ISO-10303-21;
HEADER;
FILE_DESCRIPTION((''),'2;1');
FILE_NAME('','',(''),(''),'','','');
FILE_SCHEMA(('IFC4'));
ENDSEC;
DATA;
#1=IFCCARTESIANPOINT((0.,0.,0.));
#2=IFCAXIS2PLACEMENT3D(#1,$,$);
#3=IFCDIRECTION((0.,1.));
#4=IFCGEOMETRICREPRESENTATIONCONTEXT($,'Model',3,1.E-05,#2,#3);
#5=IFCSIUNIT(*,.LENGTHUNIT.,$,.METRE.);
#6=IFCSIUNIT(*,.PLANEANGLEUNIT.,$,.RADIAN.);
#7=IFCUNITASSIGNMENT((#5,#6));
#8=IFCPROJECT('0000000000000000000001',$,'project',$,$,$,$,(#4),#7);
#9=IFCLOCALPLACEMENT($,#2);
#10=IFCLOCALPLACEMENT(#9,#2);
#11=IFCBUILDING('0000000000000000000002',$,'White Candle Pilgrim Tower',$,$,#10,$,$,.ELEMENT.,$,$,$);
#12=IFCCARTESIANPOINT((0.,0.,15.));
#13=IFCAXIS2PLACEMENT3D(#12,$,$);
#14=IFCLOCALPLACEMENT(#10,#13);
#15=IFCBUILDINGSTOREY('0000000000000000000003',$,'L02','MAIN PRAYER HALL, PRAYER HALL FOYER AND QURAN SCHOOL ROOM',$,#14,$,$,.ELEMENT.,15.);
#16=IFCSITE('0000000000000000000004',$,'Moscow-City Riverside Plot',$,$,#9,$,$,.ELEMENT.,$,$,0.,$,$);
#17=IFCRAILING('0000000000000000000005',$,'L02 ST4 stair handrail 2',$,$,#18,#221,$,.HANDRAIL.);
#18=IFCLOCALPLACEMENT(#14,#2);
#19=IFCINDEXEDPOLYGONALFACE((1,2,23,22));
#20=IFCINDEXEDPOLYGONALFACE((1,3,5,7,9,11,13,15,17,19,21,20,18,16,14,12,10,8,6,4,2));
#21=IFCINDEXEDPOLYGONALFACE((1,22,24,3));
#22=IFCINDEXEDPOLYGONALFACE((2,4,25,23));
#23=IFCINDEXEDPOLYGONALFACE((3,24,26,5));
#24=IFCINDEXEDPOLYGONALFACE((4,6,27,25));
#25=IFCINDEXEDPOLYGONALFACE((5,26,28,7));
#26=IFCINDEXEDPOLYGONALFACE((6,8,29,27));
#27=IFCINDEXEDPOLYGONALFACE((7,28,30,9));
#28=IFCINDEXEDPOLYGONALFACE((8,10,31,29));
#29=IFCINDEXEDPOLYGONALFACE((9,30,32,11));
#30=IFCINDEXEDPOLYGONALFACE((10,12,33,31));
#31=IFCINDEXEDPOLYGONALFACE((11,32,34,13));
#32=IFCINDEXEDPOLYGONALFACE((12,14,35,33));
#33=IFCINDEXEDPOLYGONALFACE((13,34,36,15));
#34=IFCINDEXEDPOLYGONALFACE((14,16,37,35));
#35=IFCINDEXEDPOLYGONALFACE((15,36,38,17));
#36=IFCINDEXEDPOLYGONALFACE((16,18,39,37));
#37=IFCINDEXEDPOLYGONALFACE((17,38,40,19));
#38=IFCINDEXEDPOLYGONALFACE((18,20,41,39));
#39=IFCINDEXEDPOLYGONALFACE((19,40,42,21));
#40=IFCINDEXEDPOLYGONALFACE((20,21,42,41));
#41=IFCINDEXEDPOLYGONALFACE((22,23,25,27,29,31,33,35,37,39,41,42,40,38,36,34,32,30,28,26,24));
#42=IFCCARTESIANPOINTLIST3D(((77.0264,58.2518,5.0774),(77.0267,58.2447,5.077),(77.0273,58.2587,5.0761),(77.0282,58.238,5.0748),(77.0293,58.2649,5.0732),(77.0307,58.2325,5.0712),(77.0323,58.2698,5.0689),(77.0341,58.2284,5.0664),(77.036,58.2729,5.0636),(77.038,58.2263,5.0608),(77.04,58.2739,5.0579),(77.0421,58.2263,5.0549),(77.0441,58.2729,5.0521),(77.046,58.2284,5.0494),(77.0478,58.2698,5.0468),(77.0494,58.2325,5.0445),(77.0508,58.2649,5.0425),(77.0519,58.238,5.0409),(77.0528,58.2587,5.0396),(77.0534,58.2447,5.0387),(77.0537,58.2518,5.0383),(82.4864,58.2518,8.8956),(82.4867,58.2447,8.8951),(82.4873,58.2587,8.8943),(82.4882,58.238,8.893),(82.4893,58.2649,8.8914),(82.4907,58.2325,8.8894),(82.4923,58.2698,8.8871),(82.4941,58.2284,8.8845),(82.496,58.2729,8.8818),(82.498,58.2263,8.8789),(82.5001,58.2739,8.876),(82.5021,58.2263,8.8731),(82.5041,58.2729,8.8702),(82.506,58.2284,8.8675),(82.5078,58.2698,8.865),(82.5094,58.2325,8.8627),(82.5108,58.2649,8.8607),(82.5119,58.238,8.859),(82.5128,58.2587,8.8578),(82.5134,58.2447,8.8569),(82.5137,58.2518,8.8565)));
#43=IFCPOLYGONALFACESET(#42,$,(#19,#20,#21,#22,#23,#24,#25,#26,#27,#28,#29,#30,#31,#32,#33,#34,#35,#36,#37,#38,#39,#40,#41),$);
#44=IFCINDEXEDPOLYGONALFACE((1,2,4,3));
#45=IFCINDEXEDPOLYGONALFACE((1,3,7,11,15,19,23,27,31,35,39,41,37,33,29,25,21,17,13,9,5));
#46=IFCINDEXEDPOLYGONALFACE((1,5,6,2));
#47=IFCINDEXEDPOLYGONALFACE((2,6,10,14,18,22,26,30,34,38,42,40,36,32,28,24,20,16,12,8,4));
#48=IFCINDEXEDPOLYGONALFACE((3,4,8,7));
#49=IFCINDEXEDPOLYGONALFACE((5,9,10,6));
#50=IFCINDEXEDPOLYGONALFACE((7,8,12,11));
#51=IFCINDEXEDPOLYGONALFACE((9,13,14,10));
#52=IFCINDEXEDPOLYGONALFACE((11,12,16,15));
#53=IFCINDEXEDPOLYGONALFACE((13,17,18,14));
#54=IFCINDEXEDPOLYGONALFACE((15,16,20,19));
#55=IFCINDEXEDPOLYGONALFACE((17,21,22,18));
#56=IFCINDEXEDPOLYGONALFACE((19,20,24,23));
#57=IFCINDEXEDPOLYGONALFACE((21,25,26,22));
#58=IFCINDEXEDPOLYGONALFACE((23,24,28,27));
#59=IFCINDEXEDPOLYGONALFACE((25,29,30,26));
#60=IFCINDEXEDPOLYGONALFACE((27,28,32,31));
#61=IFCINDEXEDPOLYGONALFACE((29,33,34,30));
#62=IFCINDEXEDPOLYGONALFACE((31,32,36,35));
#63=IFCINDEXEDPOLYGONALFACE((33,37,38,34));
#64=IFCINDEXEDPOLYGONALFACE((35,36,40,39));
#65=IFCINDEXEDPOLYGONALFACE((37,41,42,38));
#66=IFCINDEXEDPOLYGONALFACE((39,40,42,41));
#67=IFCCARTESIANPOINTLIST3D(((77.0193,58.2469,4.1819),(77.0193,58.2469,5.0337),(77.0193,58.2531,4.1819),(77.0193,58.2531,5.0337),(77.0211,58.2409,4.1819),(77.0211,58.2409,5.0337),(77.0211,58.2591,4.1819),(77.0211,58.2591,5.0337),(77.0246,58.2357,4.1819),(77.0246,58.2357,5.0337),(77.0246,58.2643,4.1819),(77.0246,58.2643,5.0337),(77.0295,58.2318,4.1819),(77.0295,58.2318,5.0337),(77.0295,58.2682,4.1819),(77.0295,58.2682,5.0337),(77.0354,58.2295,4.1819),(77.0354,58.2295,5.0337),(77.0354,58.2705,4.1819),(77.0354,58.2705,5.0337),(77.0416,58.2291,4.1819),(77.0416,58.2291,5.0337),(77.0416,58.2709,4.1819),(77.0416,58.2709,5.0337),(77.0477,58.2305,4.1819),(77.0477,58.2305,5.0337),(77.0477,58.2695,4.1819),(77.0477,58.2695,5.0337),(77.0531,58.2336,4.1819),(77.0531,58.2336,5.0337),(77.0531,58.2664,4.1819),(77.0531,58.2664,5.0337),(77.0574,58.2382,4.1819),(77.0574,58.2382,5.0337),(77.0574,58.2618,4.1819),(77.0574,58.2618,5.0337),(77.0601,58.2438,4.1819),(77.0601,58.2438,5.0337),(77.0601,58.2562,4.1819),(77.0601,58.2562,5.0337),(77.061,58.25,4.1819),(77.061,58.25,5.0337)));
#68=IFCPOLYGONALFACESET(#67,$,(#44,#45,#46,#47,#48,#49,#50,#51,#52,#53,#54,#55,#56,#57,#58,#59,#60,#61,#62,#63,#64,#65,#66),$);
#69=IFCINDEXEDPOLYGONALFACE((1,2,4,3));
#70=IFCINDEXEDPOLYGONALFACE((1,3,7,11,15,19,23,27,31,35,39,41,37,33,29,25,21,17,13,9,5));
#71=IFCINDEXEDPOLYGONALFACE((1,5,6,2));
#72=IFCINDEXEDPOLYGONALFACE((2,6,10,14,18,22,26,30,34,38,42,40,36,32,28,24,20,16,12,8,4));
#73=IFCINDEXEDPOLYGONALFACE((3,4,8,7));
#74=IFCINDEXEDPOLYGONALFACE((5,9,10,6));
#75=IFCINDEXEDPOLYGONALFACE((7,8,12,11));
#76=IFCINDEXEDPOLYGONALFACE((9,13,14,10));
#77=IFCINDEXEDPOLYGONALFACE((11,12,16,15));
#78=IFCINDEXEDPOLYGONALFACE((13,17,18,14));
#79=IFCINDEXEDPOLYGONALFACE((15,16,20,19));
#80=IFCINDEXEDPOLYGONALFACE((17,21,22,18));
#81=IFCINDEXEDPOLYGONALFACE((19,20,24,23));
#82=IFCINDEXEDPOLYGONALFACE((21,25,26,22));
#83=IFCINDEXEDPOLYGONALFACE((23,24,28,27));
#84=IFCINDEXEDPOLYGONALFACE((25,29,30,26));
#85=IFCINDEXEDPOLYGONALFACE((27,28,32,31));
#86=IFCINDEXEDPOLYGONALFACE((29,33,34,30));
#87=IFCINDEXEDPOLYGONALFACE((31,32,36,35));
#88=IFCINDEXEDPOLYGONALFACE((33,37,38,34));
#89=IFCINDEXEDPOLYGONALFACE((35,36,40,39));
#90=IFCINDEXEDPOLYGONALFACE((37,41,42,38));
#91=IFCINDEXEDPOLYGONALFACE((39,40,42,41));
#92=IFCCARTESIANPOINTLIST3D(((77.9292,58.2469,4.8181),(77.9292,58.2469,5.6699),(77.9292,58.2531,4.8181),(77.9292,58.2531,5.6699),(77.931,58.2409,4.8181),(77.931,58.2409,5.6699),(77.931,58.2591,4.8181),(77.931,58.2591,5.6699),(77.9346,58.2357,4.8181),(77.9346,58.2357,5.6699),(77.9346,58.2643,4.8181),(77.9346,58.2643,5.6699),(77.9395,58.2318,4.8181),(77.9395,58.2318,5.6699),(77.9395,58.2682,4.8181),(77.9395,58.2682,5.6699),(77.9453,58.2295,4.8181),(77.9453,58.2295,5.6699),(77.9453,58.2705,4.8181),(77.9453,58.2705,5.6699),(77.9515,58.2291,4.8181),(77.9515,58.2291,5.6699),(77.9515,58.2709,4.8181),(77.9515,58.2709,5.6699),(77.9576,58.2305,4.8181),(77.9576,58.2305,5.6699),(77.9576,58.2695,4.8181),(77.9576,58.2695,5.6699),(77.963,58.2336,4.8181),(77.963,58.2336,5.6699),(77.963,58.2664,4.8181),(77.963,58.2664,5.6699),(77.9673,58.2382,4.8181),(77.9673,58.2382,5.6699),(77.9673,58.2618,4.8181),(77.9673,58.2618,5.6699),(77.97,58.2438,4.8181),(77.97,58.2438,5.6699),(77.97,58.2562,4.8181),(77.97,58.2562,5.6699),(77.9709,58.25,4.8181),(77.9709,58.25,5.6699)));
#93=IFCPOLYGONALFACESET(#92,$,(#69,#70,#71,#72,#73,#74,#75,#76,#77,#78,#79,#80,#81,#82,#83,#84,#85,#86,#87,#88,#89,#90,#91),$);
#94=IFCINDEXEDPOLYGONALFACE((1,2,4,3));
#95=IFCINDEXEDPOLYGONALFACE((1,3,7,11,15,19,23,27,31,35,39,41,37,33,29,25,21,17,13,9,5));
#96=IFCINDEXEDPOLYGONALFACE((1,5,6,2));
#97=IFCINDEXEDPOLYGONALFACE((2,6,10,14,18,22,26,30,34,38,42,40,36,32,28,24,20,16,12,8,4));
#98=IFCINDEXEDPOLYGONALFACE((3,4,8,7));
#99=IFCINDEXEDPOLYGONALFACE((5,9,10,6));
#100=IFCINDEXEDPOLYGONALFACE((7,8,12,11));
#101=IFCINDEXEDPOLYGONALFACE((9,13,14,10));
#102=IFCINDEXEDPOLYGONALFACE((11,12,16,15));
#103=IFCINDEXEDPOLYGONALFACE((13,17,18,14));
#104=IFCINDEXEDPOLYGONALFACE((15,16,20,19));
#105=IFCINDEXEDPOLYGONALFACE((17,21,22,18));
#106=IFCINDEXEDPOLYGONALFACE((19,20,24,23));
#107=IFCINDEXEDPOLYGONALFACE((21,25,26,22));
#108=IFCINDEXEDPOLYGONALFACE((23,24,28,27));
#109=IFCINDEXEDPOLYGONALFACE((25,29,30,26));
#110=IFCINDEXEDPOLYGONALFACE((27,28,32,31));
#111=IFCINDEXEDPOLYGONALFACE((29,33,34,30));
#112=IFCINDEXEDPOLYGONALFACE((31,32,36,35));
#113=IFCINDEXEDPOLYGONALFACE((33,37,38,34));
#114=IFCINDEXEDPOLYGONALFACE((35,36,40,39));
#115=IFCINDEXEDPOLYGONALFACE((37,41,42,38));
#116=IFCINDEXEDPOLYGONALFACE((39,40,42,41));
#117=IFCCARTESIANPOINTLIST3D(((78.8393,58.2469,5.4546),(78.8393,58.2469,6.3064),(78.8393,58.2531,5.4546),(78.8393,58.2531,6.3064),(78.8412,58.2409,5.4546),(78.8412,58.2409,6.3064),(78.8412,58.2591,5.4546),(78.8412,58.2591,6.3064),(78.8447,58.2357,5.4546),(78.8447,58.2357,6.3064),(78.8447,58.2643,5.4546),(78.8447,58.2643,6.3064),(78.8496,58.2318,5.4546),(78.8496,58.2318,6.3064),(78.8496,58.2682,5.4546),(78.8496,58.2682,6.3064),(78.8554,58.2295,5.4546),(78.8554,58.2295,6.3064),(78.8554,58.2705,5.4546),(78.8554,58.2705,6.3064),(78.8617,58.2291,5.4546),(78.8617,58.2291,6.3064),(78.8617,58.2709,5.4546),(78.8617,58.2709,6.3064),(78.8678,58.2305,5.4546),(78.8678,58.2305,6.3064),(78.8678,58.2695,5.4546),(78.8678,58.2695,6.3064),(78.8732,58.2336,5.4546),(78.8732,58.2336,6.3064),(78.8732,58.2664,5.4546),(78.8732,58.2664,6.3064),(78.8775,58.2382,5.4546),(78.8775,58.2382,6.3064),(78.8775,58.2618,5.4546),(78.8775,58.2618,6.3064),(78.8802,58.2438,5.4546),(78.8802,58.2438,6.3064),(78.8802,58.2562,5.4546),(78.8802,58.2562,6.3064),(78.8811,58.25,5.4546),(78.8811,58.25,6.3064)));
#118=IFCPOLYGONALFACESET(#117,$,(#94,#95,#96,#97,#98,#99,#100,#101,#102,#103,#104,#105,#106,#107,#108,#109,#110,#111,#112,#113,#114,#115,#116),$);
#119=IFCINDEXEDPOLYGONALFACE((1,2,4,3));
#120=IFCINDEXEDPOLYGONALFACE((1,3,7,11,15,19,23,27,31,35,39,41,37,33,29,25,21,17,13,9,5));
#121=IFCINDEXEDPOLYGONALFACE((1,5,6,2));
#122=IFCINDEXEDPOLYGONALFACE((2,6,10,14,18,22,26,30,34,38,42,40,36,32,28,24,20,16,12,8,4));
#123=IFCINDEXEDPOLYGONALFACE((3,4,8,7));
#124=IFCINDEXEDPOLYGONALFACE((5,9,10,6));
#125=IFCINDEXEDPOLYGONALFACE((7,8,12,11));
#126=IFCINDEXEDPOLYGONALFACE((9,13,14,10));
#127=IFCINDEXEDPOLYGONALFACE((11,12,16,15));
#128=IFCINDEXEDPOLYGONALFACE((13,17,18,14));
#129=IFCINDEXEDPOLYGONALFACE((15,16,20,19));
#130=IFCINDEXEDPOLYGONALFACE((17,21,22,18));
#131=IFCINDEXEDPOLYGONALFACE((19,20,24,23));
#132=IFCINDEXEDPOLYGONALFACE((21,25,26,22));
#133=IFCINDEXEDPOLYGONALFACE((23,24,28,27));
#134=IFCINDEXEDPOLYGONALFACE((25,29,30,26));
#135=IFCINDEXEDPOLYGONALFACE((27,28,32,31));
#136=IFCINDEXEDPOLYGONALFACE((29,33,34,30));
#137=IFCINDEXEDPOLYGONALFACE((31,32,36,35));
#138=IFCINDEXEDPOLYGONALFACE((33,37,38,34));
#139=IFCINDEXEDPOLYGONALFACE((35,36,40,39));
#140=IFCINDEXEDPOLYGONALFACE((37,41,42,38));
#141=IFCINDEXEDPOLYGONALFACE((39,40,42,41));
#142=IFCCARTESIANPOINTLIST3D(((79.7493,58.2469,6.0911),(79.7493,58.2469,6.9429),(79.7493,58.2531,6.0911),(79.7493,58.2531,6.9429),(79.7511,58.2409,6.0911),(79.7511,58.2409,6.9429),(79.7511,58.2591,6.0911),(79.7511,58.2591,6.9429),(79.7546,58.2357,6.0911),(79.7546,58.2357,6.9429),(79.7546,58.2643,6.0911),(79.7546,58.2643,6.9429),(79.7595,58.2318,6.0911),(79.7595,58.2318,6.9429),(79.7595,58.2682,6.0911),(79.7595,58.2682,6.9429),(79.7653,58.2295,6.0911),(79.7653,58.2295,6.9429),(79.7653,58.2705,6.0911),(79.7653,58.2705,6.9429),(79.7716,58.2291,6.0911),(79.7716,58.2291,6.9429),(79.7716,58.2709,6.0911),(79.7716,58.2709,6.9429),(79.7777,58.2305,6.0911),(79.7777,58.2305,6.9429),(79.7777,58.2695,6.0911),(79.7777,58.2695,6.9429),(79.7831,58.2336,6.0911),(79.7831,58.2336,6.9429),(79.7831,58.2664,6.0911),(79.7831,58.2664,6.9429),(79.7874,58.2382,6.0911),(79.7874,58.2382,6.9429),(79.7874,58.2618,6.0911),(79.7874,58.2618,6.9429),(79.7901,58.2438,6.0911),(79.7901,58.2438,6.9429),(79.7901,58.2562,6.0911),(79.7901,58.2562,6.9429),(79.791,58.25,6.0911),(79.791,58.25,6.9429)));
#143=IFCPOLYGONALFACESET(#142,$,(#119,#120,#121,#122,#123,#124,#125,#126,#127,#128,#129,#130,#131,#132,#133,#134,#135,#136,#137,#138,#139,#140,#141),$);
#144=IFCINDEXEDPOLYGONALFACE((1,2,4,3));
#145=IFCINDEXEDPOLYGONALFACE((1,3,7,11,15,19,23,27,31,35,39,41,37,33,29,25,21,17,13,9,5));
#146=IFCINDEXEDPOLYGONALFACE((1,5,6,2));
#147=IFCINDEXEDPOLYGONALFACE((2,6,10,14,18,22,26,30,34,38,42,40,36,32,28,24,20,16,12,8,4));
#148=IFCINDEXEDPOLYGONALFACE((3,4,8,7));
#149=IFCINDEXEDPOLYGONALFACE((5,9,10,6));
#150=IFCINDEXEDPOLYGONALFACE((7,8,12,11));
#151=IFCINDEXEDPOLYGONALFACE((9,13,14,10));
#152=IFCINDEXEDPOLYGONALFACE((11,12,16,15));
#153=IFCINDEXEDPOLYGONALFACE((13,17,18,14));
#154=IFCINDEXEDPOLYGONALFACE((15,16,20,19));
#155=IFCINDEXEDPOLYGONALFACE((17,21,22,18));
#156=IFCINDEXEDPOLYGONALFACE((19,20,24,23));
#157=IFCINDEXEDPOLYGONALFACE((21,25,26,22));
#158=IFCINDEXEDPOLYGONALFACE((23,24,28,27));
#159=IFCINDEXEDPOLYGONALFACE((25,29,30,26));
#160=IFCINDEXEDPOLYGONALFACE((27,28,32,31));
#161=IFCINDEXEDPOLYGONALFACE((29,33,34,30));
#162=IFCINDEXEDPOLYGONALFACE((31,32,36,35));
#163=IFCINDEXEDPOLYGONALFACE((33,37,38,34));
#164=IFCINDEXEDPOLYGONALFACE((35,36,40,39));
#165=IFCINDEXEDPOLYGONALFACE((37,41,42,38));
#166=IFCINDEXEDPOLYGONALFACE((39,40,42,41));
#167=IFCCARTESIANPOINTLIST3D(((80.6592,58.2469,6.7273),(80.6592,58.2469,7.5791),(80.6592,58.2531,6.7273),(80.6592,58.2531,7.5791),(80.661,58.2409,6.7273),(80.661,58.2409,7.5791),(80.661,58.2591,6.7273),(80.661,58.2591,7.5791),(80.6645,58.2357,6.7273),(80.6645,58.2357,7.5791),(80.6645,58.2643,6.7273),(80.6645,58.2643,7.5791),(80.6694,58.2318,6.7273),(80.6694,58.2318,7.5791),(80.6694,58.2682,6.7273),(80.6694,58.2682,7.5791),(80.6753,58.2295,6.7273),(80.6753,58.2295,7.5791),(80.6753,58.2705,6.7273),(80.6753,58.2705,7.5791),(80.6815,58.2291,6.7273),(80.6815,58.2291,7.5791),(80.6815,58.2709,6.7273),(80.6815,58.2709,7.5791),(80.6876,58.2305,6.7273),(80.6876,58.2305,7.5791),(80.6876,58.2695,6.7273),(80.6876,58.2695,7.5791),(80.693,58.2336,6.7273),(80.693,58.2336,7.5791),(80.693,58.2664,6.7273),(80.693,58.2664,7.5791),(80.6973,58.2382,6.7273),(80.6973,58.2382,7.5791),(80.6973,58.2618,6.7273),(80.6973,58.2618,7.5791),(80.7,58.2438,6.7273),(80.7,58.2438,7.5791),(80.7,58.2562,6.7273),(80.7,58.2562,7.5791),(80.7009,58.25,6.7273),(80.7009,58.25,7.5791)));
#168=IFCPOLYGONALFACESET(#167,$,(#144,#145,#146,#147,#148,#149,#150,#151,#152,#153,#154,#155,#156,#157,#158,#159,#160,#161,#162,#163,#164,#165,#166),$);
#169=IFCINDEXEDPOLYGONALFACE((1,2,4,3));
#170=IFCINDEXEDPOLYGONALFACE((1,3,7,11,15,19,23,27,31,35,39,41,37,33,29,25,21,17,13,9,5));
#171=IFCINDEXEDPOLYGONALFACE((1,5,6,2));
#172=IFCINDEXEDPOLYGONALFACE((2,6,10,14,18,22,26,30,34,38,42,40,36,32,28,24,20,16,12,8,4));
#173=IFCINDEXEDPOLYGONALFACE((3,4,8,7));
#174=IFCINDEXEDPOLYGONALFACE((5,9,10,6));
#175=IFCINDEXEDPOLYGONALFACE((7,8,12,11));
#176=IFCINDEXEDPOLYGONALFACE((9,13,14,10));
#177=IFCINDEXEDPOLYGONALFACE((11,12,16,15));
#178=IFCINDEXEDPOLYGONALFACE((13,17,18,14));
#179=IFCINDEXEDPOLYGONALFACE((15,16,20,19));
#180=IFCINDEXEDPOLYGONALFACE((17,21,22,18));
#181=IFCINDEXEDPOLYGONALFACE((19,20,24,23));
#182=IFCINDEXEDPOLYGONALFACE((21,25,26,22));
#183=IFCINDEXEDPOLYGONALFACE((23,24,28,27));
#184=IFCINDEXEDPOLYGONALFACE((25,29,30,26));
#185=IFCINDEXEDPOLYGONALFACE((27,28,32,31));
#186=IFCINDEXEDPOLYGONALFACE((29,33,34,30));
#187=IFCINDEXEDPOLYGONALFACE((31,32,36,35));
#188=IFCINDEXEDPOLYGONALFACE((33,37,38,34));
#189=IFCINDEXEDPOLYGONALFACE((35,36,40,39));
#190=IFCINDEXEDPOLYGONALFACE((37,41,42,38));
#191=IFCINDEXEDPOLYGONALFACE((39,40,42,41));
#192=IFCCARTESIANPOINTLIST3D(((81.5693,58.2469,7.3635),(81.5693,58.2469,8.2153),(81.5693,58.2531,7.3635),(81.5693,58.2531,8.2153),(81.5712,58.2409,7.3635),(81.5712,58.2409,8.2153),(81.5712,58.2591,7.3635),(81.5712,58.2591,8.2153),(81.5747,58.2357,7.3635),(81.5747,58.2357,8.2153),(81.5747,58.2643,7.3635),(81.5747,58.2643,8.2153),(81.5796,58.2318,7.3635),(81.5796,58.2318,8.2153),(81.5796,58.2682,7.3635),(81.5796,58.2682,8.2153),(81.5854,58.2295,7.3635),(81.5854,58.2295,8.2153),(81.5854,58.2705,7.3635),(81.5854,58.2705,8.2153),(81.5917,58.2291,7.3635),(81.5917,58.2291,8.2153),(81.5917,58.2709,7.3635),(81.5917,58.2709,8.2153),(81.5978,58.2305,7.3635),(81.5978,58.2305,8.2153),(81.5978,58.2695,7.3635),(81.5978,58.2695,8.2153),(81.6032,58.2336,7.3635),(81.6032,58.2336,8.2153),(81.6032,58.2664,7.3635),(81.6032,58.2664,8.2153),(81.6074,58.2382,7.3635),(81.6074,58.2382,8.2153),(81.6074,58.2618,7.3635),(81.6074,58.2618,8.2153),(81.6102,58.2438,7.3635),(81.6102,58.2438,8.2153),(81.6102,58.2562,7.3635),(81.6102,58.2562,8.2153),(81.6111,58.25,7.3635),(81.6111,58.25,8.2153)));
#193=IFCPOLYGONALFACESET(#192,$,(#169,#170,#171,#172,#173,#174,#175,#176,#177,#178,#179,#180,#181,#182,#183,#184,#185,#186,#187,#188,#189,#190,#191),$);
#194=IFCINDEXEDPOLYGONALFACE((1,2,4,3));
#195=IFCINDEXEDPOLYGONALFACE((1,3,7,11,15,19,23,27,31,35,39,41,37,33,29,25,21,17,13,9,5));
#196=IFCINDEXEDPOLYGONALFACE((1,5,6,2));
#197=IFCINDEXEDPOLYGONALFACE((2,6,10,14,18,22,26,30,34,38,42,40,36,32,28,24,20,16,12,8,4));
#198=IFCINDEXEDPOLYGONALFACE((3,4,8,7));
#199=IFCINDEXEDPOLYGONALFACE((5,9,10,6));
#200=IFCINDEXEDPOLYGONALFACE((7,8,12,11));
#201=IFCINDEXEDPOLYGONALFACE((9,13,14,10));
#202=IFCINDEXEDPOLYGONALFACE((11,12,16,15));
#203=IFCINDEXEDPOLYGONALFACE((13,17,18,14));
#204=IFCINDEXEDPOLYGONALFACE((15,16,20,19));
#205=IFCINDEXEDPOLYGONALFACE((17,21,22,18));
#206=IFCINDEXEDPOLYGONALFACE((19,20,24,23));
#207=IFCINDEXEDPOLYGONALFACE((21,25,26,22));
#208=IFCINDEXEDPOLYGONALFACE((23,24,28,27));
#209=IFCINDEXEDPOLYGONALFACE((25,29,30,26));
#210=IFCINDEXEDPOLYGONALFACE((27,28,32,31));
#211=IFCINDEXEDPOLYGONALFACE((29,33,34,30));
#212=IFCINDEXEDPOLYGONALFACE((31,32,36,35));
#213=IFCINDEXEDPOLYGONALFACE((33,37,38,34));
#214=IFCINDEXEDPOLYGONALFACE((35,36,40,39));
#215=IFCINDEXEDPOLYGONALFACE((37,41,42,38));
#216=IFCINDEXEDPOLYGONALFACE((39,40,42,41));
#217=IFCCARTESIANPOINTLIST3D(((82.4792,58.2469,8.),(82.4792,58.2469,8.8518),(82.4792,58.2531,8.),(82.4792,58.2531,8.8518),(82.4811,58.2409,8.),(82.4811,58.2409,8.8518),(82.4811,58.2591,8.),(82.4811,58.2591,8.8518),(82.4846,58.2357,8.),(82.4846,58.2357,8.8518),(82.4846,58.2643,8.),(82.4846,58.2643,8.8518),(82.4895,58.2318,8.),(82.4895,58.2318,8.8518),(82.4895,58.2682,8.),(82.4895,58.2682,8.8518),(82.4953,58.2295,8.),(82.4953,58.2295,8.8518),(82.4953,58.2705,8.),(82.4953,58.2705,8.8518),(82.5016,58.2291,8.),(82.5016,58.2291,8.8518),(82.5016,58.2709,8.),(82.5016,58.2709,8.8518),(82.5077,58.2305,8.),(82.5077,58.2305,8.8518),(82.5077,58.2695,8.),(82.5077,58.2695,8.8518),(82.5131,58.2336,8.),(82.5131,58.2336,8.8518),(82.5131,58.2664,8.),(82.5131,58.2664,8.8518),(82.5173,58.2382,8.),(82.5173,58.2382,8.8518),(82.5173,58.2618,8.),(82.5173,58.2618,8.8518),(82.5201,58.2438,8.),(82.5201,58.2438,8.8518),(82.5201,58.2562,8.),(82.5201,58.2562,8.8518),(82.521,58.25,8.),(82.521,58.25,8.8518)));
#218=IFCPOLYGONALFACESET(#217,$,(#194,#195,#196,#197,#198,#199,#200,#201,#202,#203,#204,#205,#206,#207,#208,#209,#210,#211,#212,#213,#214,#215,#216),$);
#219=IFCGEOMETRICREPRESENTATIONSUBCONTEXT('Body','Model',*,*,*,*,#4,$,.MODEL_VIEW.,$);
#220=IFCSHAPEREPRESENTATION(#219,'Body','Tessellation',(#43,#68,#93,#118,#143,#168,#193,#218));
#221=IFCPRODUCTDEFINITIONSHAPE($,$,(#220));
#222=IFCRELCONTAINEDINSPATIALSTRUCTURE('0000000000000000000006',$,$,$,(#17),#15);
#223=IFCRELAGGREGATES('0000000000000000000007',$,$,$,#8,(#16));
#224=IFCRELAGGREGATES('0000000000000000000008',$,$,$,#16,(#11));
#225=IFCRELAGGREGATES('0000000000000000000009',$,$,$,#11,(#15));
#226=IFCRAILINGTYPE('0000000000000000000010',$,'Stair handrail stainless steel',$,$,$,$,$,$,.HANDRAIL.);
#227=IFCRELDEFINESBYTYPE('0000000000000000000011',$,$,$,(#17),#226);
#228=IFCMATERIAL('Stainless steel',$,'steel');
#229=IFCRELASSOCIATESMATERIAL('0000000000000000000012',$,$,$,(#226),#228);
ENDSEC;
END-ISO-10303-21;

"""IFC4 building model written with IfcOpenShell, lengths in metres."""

from ifc_helpers import new_model, si_unit, direction, frame, origin, origin_2d, place, context, subcontext, project, spatial, circle, extrude, material, type_object, element, save


model = new_model("IFC4")

# Units and contexts
model_context = context("Model", 3, precision=1e-05, world=origin(), true_north=direction((0.0, 1.0)))
body_context = subcontext(model_context, "Body", "Model", "MODEL_VIEW")
ifc_project = project(units=[si_unit("LENGTHUNIT", "METRE"), si_unit("PLANEANGLEUNIT", "RADIAN")], contexts=[model_context])

# Site, building, storey
site_placement = place(None, origin())
site = spatial("IfcSite", under=ifc_project, at=site_placement, Name="Moscow-City Riverside Plot", CompositionType="ELEMENT", RefElevation=0.0)
building_placement = place(site_placement, origin())
building = spatial("IfcBuilding", under=site, at=building_placement, Name="White Candle Pilgrim Tower", CompositionType="ELEMENT")
storey_placement = place(building_placement, frame((0.0, 0.0, 15.0)))
storey = spatial("IfcBuildingStorey", under=building, at=storey_placement, Name="L02", Description="MAIN PRAYER HALL, PRAYER HALL FOYER AND QURAN SCHOOL ROOM", CompositionType="ELEMENT", Elevation=15.0)

# Railing
ifc_material_1 = material(Name="Stainless steel", Category="steel")
railing_type_1 = type_object("IfcRailingType", Name="Stair handrail stainless steel", PredefinedType="HANDRAIL", material=ifc_material_1)
railing_1_placement = place(storey_placement, frame((77.04, 58.25, 4.1819)))
element("IfcRailing", 1, at=railing_1_placement, inside=storey, type_object=railing_type_1, Name="L02 ST4 stair handrail 2", PredefinedType="HANDRAIL", context=body_context, shape_type="SweptSolid", body=[
    extrude(circle(Radius=0.0239, at=origin_2d()), frame((0.0, 0.0, 0.876), z_axis=(0.819504, 0.0, 0.573074), x_axis=(0.0, 1.0, 0.0)), (0.0, 0.0, 1.0), 6.6626),
    extrude(circle(Radius=0.021, at=origin_2d()), origin(), (0.0, 0.0, 1.0), 0.8518),
    extrude(circle(Radius=0.021, at=origin_2d()), frame((0.9099, 0.0, 0.6362)), (0.0, 0.0, 1.0), 0.8518),
    extrude(circle(Radius=0.021, at=origin_2d()), frame((1.8201, 0.0, 1.2727)), (0.0, 0.0, 1.0), 0.8518),
    extrude(circle(Radius=0.021, at=origin_2d()), frame((2.73, 0.0, 1.9092)), (0.0, 0.0, 1.0), 0.8518),
    extrude(circle(Radius=0.021, at=origin_2d()), frame((3.6399, 0.0, 2.5454)), (0.0, 0.0, 1.0), 0.8518),
    extrude(circle(Radius=0.021, at=origin_2d()), frame((4.55, 0.0, 3.1816)), (0.0, 0.0, 1.0), 0.8518),
    extrude(circle(Radius=0.021, at=origin_2d()), frame((5.46, 0.0, 3.8181)), (0.0, 0.0, 1.0), 0.8518),
])

save(model, "model.ifc")
